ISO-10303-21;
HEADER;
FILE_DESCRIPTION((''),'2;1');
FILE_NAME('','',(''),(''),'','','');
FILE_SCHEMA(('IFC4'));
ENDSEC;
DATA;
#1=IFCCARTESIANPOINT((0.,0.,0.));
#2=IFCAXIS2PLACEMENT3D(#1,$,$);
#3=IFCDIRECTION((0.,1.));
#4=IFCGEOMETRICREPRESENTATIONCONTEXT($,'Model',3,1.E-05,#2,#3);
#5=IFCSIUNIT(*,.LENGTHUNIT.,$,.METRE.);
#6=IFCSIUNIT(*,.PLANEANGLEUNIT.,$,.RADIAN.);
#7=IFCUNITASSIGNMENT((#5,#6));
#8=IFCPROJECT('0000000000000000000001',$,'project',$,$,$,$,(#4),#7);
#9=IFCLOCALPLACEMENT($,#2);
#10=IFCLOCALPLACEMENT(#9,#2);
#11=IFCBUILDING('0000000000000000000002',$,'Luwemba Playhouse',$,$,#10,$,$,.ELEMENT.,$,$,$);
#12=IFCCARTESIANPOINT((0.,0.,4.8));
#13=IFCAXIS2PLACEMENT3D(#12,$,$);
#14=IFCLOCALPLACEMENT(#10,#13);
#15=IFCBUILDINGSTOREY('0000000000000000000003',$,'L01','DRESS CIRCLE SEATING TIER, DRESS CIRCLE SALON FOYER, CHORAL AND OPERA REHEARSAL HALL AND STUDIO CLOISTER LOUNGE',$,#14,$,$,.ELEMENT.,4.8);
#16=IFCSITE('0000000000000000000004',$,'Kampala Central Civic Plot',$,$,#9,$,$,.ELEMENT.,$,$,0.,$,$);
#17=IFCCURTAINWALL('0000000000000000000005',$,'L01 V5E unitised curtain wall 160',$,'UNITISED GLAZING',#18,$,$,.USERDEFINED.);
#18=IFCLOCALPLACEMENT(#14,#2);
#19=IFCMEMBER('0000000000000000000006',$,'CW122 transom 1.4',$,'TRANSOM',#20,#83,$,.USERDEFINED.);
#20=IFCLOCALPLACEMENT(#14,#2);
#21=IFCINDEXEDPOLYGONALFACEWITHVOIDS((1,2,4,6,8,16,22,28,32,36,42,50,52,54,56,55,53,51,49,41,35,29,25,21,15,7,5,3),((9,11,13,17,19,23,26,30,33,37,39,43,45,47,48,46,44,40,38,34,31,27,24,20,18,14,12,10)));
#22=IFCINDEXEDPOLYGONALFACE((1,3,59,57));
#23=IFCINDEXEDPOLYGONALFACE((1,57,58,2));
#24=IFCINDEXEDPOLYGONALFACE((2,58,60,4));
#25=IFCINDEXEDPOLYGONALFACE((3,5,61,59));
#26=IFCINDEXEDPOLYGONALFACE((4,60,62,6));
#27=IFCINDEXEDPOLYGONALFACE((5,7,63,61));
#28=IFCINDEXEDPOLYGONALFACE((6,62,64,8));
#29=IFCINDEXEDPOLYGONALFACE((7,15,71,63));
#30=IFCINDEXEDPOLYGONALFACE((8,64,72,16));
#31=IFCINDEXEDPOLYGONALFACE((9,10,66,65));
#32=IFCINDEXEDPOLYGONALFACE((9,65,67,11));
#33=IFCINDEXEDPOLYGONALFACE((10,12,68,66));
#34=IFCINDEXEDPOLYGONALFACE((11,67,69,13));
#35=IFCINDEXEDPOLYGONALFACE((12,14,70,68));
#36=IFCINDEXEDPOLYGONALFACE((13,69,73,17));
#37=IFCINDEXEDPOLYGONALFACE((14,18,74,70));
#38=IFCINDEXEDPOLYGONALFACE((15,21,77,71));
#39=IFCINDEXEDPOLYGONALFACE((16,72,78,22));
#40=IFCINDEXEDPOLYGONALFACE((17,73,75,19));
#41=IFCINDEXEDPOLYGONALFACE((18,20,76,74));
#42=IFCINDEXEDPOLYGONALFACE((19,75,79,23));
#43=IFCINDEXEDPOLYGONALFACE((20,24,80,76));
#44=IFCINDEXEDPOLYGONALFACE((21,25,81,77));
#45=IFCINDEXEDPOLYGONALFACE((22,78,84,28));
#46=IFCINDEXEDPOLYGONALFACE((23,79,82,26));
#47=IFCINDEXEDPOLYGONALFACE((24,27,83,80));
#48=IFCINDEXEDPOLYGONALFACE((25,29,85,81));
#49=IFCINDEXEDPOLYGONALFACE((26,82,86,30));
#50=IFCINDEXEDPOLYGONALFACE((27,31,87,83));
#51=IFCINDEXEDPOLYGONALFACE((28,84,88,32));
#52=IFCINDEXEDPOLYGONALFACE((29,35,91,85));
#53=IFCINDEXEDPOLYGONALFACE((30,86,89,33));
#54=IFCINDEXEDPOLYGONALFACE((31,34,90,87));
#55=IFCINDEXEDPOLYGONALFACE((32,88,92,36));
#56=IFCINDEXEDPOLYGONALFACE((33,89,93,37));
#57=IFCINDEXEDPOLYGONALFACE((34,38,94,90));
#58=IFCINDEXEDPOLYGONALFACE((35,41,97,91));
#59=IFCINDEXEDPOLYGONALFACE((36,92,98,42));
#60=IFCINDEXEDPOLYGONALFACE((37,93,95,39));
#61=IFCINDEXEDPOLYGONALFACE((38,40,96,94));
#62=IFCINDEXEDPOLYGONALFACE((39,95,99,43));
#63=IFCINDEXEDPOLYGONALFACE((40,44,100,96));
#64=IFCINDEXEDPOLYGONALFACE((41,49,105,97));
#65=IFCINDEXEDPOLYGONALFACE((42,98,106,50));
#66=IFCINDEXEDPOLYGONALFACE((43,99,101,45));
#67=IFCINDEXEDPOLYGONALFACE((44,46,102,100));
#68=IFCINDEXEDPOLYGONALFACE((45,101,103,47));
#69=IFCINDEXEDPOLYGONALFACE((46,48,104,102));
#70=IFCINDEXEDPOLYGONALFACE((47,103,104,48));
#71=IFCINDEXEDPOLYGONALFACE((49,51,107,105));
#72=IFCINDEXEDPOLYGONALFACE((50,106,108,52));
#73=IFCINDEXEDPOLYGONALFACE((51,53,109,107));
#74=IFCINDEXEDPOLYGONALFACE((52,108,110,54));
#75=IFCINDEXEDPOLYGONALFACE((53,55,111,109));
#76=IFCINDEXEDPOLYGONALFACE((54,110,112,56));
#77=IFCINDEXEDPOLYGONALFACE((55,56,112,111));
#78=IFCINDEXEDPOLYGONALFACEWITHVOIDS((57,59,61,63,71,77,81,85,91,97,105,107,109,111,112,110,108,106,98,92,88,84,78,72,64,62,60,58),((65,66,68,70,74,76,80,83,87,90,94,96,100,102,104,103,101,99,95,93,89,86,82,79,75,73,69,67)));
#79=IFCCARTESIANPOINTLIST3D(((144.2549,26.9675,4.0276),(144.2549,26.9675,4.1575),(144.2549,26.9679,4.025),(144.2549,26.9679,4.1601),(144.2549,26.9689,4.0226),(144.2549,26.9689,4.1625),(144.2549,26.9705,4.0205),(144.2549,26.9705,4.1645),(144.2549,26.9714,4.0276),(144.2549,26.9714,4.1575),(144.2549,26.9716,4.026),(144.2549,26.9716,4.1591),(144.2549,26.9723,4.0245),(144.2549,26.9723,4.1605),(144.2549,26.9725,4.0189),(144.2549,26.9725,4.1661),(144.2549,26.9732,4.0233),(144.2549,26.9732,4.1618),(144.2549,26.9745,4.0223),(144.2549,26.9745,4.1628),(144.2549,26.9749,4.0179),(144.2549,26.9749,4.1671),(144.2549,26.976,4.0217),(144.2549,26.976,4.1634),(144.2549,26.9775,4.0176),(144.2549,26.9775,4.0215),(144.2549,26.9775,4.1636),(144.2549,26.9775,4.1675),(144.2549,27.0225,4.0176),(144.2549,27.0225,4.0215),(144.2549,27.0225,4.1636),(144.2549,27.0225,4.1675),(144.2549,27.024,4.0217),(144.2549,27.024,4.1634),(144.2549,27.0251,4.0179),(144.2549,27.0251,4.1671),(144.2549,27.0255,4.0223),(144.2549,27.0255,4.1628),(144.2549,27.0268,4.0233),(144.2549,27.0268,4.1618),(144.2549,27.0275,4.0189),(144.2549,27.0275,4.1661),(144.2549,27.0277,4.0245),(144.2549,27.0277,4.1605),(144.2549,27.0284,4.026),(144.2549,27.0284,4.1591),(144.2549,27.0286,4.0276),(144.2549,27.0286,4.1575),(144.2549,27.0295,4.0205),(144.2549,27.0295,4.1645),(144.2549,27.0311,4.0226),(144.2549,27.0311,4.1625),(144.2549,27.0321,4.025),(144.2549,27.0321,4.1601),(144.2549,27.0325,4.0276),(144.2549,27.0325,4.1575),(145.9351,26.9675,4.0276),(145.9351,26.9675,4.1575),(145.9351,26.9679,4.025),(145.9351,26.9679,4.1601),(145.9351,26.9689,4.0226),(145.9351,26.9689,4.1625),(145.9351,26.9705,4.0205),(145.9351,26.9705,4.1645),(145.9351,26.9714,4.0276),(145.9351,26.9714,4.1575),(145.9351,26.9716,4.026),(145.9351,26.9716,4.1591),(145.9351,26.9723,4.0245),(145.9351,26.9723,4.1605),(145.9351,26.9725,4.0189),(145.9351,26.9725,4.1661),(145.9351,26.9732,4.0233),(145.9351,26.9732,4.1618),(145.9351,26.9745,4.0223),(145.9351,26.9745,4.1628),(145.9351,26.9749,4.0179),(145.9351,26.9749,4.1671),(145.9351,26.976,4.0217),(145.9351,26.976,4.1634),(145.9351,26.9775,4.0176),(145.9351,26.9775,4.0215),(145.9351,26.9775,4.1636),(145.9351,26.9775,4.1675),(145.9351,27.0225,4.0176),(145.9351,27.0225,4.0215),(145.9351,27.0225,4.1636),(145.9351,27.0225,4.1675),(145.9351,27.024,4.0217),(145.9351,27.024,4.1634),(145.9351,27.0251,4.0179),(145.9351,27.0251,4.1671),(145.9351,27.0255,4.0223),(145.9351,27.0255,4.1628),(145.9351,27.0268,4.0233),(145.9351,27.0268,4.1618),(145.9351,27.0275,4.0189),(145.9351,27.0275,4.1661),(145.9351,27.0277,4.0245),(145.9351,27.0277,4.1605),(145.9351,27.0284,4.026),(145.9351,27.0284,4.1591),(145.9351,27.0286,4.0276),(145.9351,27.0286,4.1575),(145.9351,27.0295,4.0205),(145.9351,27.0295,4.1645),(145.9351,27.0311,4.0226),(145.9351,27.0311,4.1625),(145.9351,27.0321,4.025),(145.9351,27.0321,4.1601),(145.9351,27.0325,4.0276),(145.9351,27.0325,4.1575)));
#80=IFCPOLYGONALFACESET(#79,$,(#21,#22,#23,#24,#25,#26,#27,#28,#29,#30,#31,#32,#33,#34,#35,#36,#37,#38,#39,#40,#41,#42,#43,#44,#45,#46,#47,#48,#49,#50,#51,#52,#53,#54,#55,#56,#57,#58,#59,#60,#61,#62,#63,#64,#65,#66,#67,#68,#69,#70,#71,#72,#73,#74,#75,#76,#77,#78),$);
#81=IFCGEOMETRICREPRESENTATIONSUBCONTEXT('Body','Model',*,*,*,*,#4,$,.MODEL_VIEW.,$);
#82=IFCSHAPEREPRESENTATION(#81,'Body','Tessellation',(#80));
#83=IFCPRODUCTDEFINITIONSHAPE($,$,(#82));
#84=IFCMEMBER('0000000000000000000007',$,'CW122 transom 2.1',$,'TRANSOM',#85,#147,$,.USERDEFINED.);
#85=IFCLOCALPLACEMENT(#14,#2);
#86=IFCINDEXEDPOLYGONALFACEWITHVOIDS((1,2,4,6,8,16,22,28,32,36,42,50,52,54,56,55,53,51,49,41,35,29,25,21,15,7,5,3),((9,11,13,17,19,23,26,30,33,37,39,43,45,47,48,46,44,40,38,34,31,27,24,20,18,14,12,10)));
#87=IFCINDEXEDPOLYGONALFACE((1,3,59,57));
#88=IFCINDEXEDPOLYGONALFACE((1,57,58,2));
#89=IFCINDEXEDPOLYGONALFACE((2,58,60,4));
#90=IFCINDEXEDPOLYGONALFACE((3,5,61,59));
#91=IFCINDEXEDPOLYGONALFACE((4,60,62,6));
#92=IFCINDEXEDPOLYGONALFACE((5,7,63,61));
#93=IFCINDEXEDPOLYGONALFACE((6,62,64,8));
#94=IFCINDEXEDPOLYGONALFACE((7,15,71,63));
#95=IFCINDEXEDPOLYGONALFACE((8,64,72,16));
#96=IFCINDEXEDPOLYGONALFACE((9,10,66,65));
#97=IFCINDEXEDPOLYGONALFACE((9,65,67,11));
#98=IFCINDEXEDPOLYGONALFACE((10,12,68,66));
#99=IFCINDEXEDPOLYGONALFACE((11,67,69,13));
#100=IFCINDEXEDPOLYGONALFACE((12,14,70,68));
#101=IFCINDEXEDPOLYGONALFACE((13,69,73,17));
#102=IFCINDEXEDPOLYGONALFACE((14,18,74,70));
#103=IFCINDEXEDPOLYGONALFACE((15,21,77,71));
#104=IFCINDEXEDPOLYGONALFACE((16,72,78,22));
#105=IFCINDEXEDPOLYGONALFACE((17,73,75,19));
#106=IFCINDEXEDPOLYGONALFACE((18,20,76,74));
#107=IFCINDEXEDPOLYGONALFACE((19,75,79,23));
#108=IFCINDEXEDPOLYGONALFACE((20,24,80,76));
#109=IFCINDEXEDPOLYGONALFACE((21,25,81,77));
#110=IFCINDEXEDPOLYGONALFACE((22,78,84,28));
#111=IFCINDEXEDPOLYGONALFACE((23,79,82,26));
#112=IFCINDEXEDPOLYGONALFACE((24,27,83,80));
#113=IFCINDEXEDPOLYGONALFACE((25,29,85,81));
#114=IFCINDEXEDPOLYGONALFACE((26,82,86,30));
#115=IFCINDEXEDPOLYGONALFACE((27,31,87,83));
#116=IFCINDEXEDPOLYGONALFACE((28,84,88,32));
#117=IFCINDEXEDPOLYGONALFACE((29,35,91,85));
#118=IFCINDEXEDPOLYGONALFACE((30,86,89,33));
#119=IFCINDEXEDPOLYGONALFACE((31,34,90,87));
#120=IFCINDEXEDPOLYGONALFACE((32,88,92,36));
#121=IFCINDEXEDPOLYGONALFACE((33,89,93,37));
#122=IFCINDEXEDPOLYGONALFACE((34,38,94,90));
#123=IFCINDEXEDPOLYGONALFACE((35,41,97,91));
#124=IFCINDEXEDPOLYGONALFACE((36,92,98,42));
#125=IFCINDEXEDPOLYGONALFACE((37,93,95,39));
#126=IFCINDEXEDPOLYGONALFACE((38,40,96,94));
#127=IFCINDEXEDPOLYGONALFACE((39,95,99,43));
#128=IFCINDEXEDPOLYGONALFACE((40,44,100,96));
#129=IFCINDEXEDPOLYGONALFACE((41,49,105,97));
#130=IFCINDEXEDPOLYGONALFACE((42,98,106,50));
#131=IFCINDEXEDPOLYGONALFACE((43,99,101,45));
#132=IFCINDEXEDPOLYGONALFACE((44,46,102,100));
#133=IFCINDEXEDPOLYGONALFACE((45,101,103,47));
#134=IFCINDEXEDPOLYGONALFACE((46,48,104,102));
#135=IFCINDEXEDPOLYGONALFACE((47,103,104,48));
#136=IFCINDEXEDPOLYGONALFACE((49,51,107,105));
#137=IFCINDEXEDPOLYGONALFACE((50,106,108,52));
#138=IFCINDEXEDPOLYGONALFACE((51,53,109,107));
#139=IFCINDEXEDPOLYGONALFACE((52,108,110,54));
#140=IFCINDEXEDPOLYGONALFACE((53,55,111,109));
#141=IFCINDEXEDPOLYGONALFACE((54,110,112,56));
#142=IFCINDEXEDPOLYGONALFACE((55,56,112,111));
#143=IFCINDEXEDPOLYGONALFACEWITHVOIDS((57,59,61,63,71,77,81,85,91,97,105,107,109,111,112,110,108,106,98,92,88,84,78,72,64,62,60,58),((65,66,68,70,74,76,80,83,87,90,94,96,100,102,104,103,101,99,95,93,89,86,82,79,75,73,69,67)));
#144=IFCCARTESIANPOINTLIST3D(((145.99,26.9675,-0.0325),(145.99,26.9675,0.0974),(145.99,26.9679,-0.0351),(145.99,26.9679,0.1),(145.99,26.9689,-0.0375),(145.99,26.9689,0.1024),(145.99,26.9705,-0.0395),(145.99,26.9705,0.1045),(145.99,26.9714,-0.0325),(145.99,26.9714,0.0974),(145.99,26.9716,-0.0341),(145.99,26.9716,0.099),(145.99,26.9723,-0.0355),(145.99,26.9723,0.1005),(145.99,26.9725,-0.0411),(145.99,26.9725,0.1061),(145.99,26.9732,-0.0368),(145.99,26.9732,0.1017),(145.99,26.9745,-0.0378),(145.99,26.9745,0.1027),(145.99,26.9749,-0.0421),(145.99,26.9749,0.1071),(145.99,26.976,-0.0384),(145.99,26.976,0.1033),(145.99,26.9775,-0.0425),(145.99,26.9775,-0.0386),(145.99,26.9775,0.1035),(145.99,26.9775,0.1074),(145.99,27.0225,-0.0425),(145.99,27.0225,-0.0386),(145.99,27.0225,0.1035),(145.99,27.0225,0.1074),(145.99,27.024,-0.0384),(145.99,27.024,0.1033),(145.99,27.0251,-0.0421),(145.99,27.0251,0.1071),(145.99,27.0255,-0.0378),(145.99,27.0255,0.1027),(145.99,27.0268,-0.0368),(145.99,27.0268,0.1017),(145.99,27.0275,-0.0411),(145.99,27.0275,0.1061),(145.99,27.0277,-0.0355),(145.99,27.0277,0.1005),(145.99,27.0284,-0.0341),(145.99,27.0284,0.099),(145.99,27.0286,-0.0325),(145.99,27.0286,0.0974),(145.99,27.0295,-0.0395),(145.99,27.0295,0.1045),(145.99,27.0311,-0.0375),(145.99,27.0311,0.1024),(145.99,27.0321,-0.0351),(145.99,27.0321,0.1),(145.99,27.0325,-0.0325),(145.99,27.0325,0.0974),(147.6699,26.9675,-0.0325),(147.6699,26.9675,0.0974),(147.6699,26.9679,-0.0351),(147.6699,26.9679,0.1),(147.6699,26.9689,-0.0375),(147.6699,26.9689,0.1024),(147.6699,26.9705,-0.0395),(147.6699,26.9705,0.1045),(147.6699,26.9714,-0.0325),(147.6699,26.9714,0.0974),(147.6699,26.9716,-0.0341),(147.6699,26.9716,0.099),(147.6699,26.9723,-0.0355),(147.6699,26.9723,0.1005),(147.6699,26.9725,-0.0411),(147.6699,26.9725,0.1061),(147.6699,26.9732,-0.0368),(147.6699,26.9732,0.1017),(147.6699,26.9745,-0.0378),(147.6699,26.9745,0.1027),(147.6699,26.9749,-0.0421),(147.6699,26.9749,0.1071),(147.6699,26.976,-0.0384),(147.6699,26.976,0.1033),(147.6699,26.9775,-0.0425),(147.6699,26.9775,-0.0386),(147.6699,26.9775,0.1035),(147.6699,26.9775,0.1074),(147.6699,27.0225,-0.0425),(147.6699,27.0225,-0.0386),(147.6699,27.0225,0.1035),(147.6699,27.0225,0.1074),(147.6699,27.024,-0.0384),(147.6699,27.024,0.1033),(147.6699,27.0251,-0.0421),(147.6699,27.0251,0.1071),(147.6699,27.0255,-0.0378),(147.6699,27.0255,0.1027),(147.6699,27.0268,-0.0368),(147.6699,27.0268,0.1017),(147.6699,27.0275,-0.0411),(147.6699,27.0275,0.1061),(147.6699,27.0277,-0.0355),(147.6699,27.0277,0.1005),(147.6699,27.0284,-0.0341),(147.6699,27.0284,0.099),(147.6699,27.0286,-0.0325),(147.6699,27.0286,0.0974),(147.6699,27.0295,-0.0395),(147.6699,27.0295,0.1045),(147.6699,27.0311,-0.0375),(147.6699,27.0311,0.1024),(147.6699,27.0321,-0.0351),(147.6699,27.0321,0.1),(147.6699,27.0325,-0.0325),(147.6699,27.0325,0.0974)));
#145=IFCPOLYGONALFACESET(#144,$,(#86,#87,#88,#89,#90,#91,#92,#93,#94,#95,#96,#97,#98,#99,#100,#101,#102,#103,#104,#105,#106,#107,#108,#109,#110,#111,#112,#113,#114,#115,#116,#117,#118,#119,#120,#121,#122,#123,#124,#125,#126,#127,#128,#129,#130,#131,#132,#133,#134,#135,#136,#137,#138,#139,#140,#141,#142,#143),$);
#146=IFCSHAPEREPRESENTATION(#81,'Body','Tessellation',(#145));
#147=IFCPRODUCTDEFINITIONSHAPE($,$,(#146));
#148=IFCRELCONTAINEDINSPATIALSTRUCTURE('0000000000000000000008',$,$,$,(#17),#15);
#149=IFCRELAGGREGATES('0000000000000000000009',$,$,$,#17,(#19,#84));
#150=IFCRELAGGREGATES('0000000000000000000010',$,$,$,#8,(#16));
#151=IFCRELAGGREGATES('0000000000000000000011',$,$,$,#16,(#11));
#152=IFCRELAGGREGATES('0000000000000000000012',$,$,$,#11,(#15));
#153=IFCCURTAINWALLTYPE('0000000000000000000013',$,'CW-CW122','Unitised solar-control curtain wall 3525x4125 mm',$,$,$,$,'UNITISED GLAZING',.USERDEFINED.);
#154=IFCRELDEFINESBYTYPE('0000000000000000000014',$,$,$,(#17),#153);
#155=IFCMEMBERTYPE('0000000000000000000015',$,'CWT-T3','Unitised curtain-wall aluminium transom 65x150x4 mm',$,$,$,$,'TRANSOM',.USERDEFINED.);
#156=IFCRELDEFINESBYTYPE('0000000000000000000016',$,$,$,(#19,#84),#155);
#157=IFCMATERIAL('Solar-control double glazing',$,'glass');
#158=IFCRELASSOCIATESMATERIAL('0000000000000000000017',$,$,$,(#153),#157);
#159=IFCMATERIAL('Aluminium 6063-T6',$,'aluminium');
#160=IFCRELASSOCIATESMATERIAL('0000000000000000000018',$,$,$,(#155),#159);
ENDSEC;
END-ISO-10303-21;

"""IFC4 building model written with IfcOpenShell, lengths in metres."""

from ifc_helpers import new_model, si_unit, direction, frame, origin, origin_2d, place, context, subcontext, project, spatial, hollow_rectangle, extrude, material, material_profile, profile_set, type_object, element, aggregate, save


model = new_model("IFC4")

# Units and contexts
model_context = context("Model", 3, precision=1e-05, world=origin(), true_north=direction((0.0, 1.0)))
body_context = subcontext(model_context, "Body", "Model", "MODEL_VIEW")
ifc_project = project(units=[si_unit("LENGTHUNIT", "METRE"), si_unit("PLANEANGLEUNIT", "RADIAN")], contexts=[model_context])

# Site, building, storey
site_placement = place(None, origin())
site = spatial("IfcSite", under=ifc_project, at=site_placement, Name="Kampala Central Civic Plot", CompositionType="ELEMENT", RefElevation=0.0)
building_placement = place(site_placement, origin())
building = spatial("IfcBuilding", under=site, at=building_placement, Name="Luwemba Playhouse", CompositionType="ELEMENT")
storey_placement = place(building_placement, frame((0.0, 0.0, 4.8)))
storey = spatial("IfcBuildingStorey", under=building, at=storey_placement, Name="L01", Description="DRESS CIRCLE SEATING TIER, DRESS CIRCLE SALON FOYER, CHORAL AND OPERA REHEARSAL HALL AND STUDIO CLOISTER LOUNGE", CompositionType="ELEMENT", Elevation=4.8)

# Curtain wall
ifc_material_1 = material(Name="Solar-control double glazing", Category="glass")
ifc_material_2 = material(Name="Aluminium 6063-T6", Category="aluminium")
curtain_wall_type_1 = type_object("IfcCurtainWallType", Name="CW-CW122", Description="Unitised solar-control curtain wall 3525x4125 mm", ElementType="UNITISED GLAZING", PredefinedType="USERDEFINED", material=ifc_material_1)
curtain_wall_1_placement = place(storey_placement, origin())
curtain_wall_1 = element("IfcCurtainWall", 1, at=curtain_wall_1_placement, inside=storey, type_object=curtain_wall_type_1, Name="L01 V5E unitised curtain wall 160", ObjectType="UNITISED GLAZING", PredefinedType="USERDEFINED")

# Members
ifc_material_profile_1 = material_profile(ifc_material_2, hollow_rectangle(XDim=0.0649, YDim=0.1499, WallThickness=0.0039, InnerFilletRadius=0.0061, OuterFilletRadius=0.01, at=origin_2d()))
ifc_profile_set_1 = profile_set([ifc_material_profile_1], Name="Aluminium 6063-T6")
member_type_1 = type_object("IfcMemberType", Name="CWT-T3", Description="Unitised curtain-wall aluminium transom 65x150x4 mm", ElementType="TRANSOM", PredefinedType="USERDEFINED", material=ifc_profile_set_1)
member_1_placement = place(storey_placement, frame((144.2549, 27.0, 4.0925), z_axis=(1.0, 0.0, 0.0), x_axis=(0.0, 1.0, 0.0)))
member_1 = element("IfcMember", 2, at=member_1_placement, type_object=member_type_1, Name="CW122 transom 1.4", ObjectType="TRANSOM", PredefinedType="USERDEFINED", context=body_context, shape_type="SweptSolid", body=[
    extrude(hollow_rectangle(XDim=0.0649, YDim=0.1499, WallThickness=0.0039, InnerFilletRadius=0.0061, OuterFilletRadius=0.01, at=origin_2d()), origin(), (0.0, 0.0, 1.0), 1.6802),
])
member_2_placement = place(storey_placement, frame((145.99, 27.0, 0.0325), z_axis=(1.0, 0.0, 0.0), x_axis=(0.0, 1.0, 0.0)))
member_2 = element("IfcMember", 3, at=member_2_placement, type_object=member_type_1, Name="CW122 transom 2.1", ObjectType="TRANSOM", PredefinedType="USERDEFINED", context=body_context, shape_type="SweptSolid", body=[
    extrude(hollow_rectangle(XDim=0.0649, YDim=0.1499, WallThickness=0.0039, InnerFilletRadius=0.0061, OuterFilletRadius=0.01, at=origin_2d()), origin(), (0.0, 0.0, 1.0), 1.6799),
])

aggregate(curtain_wall_1, [member_1, member_2])

save(model, "model.ifc")
